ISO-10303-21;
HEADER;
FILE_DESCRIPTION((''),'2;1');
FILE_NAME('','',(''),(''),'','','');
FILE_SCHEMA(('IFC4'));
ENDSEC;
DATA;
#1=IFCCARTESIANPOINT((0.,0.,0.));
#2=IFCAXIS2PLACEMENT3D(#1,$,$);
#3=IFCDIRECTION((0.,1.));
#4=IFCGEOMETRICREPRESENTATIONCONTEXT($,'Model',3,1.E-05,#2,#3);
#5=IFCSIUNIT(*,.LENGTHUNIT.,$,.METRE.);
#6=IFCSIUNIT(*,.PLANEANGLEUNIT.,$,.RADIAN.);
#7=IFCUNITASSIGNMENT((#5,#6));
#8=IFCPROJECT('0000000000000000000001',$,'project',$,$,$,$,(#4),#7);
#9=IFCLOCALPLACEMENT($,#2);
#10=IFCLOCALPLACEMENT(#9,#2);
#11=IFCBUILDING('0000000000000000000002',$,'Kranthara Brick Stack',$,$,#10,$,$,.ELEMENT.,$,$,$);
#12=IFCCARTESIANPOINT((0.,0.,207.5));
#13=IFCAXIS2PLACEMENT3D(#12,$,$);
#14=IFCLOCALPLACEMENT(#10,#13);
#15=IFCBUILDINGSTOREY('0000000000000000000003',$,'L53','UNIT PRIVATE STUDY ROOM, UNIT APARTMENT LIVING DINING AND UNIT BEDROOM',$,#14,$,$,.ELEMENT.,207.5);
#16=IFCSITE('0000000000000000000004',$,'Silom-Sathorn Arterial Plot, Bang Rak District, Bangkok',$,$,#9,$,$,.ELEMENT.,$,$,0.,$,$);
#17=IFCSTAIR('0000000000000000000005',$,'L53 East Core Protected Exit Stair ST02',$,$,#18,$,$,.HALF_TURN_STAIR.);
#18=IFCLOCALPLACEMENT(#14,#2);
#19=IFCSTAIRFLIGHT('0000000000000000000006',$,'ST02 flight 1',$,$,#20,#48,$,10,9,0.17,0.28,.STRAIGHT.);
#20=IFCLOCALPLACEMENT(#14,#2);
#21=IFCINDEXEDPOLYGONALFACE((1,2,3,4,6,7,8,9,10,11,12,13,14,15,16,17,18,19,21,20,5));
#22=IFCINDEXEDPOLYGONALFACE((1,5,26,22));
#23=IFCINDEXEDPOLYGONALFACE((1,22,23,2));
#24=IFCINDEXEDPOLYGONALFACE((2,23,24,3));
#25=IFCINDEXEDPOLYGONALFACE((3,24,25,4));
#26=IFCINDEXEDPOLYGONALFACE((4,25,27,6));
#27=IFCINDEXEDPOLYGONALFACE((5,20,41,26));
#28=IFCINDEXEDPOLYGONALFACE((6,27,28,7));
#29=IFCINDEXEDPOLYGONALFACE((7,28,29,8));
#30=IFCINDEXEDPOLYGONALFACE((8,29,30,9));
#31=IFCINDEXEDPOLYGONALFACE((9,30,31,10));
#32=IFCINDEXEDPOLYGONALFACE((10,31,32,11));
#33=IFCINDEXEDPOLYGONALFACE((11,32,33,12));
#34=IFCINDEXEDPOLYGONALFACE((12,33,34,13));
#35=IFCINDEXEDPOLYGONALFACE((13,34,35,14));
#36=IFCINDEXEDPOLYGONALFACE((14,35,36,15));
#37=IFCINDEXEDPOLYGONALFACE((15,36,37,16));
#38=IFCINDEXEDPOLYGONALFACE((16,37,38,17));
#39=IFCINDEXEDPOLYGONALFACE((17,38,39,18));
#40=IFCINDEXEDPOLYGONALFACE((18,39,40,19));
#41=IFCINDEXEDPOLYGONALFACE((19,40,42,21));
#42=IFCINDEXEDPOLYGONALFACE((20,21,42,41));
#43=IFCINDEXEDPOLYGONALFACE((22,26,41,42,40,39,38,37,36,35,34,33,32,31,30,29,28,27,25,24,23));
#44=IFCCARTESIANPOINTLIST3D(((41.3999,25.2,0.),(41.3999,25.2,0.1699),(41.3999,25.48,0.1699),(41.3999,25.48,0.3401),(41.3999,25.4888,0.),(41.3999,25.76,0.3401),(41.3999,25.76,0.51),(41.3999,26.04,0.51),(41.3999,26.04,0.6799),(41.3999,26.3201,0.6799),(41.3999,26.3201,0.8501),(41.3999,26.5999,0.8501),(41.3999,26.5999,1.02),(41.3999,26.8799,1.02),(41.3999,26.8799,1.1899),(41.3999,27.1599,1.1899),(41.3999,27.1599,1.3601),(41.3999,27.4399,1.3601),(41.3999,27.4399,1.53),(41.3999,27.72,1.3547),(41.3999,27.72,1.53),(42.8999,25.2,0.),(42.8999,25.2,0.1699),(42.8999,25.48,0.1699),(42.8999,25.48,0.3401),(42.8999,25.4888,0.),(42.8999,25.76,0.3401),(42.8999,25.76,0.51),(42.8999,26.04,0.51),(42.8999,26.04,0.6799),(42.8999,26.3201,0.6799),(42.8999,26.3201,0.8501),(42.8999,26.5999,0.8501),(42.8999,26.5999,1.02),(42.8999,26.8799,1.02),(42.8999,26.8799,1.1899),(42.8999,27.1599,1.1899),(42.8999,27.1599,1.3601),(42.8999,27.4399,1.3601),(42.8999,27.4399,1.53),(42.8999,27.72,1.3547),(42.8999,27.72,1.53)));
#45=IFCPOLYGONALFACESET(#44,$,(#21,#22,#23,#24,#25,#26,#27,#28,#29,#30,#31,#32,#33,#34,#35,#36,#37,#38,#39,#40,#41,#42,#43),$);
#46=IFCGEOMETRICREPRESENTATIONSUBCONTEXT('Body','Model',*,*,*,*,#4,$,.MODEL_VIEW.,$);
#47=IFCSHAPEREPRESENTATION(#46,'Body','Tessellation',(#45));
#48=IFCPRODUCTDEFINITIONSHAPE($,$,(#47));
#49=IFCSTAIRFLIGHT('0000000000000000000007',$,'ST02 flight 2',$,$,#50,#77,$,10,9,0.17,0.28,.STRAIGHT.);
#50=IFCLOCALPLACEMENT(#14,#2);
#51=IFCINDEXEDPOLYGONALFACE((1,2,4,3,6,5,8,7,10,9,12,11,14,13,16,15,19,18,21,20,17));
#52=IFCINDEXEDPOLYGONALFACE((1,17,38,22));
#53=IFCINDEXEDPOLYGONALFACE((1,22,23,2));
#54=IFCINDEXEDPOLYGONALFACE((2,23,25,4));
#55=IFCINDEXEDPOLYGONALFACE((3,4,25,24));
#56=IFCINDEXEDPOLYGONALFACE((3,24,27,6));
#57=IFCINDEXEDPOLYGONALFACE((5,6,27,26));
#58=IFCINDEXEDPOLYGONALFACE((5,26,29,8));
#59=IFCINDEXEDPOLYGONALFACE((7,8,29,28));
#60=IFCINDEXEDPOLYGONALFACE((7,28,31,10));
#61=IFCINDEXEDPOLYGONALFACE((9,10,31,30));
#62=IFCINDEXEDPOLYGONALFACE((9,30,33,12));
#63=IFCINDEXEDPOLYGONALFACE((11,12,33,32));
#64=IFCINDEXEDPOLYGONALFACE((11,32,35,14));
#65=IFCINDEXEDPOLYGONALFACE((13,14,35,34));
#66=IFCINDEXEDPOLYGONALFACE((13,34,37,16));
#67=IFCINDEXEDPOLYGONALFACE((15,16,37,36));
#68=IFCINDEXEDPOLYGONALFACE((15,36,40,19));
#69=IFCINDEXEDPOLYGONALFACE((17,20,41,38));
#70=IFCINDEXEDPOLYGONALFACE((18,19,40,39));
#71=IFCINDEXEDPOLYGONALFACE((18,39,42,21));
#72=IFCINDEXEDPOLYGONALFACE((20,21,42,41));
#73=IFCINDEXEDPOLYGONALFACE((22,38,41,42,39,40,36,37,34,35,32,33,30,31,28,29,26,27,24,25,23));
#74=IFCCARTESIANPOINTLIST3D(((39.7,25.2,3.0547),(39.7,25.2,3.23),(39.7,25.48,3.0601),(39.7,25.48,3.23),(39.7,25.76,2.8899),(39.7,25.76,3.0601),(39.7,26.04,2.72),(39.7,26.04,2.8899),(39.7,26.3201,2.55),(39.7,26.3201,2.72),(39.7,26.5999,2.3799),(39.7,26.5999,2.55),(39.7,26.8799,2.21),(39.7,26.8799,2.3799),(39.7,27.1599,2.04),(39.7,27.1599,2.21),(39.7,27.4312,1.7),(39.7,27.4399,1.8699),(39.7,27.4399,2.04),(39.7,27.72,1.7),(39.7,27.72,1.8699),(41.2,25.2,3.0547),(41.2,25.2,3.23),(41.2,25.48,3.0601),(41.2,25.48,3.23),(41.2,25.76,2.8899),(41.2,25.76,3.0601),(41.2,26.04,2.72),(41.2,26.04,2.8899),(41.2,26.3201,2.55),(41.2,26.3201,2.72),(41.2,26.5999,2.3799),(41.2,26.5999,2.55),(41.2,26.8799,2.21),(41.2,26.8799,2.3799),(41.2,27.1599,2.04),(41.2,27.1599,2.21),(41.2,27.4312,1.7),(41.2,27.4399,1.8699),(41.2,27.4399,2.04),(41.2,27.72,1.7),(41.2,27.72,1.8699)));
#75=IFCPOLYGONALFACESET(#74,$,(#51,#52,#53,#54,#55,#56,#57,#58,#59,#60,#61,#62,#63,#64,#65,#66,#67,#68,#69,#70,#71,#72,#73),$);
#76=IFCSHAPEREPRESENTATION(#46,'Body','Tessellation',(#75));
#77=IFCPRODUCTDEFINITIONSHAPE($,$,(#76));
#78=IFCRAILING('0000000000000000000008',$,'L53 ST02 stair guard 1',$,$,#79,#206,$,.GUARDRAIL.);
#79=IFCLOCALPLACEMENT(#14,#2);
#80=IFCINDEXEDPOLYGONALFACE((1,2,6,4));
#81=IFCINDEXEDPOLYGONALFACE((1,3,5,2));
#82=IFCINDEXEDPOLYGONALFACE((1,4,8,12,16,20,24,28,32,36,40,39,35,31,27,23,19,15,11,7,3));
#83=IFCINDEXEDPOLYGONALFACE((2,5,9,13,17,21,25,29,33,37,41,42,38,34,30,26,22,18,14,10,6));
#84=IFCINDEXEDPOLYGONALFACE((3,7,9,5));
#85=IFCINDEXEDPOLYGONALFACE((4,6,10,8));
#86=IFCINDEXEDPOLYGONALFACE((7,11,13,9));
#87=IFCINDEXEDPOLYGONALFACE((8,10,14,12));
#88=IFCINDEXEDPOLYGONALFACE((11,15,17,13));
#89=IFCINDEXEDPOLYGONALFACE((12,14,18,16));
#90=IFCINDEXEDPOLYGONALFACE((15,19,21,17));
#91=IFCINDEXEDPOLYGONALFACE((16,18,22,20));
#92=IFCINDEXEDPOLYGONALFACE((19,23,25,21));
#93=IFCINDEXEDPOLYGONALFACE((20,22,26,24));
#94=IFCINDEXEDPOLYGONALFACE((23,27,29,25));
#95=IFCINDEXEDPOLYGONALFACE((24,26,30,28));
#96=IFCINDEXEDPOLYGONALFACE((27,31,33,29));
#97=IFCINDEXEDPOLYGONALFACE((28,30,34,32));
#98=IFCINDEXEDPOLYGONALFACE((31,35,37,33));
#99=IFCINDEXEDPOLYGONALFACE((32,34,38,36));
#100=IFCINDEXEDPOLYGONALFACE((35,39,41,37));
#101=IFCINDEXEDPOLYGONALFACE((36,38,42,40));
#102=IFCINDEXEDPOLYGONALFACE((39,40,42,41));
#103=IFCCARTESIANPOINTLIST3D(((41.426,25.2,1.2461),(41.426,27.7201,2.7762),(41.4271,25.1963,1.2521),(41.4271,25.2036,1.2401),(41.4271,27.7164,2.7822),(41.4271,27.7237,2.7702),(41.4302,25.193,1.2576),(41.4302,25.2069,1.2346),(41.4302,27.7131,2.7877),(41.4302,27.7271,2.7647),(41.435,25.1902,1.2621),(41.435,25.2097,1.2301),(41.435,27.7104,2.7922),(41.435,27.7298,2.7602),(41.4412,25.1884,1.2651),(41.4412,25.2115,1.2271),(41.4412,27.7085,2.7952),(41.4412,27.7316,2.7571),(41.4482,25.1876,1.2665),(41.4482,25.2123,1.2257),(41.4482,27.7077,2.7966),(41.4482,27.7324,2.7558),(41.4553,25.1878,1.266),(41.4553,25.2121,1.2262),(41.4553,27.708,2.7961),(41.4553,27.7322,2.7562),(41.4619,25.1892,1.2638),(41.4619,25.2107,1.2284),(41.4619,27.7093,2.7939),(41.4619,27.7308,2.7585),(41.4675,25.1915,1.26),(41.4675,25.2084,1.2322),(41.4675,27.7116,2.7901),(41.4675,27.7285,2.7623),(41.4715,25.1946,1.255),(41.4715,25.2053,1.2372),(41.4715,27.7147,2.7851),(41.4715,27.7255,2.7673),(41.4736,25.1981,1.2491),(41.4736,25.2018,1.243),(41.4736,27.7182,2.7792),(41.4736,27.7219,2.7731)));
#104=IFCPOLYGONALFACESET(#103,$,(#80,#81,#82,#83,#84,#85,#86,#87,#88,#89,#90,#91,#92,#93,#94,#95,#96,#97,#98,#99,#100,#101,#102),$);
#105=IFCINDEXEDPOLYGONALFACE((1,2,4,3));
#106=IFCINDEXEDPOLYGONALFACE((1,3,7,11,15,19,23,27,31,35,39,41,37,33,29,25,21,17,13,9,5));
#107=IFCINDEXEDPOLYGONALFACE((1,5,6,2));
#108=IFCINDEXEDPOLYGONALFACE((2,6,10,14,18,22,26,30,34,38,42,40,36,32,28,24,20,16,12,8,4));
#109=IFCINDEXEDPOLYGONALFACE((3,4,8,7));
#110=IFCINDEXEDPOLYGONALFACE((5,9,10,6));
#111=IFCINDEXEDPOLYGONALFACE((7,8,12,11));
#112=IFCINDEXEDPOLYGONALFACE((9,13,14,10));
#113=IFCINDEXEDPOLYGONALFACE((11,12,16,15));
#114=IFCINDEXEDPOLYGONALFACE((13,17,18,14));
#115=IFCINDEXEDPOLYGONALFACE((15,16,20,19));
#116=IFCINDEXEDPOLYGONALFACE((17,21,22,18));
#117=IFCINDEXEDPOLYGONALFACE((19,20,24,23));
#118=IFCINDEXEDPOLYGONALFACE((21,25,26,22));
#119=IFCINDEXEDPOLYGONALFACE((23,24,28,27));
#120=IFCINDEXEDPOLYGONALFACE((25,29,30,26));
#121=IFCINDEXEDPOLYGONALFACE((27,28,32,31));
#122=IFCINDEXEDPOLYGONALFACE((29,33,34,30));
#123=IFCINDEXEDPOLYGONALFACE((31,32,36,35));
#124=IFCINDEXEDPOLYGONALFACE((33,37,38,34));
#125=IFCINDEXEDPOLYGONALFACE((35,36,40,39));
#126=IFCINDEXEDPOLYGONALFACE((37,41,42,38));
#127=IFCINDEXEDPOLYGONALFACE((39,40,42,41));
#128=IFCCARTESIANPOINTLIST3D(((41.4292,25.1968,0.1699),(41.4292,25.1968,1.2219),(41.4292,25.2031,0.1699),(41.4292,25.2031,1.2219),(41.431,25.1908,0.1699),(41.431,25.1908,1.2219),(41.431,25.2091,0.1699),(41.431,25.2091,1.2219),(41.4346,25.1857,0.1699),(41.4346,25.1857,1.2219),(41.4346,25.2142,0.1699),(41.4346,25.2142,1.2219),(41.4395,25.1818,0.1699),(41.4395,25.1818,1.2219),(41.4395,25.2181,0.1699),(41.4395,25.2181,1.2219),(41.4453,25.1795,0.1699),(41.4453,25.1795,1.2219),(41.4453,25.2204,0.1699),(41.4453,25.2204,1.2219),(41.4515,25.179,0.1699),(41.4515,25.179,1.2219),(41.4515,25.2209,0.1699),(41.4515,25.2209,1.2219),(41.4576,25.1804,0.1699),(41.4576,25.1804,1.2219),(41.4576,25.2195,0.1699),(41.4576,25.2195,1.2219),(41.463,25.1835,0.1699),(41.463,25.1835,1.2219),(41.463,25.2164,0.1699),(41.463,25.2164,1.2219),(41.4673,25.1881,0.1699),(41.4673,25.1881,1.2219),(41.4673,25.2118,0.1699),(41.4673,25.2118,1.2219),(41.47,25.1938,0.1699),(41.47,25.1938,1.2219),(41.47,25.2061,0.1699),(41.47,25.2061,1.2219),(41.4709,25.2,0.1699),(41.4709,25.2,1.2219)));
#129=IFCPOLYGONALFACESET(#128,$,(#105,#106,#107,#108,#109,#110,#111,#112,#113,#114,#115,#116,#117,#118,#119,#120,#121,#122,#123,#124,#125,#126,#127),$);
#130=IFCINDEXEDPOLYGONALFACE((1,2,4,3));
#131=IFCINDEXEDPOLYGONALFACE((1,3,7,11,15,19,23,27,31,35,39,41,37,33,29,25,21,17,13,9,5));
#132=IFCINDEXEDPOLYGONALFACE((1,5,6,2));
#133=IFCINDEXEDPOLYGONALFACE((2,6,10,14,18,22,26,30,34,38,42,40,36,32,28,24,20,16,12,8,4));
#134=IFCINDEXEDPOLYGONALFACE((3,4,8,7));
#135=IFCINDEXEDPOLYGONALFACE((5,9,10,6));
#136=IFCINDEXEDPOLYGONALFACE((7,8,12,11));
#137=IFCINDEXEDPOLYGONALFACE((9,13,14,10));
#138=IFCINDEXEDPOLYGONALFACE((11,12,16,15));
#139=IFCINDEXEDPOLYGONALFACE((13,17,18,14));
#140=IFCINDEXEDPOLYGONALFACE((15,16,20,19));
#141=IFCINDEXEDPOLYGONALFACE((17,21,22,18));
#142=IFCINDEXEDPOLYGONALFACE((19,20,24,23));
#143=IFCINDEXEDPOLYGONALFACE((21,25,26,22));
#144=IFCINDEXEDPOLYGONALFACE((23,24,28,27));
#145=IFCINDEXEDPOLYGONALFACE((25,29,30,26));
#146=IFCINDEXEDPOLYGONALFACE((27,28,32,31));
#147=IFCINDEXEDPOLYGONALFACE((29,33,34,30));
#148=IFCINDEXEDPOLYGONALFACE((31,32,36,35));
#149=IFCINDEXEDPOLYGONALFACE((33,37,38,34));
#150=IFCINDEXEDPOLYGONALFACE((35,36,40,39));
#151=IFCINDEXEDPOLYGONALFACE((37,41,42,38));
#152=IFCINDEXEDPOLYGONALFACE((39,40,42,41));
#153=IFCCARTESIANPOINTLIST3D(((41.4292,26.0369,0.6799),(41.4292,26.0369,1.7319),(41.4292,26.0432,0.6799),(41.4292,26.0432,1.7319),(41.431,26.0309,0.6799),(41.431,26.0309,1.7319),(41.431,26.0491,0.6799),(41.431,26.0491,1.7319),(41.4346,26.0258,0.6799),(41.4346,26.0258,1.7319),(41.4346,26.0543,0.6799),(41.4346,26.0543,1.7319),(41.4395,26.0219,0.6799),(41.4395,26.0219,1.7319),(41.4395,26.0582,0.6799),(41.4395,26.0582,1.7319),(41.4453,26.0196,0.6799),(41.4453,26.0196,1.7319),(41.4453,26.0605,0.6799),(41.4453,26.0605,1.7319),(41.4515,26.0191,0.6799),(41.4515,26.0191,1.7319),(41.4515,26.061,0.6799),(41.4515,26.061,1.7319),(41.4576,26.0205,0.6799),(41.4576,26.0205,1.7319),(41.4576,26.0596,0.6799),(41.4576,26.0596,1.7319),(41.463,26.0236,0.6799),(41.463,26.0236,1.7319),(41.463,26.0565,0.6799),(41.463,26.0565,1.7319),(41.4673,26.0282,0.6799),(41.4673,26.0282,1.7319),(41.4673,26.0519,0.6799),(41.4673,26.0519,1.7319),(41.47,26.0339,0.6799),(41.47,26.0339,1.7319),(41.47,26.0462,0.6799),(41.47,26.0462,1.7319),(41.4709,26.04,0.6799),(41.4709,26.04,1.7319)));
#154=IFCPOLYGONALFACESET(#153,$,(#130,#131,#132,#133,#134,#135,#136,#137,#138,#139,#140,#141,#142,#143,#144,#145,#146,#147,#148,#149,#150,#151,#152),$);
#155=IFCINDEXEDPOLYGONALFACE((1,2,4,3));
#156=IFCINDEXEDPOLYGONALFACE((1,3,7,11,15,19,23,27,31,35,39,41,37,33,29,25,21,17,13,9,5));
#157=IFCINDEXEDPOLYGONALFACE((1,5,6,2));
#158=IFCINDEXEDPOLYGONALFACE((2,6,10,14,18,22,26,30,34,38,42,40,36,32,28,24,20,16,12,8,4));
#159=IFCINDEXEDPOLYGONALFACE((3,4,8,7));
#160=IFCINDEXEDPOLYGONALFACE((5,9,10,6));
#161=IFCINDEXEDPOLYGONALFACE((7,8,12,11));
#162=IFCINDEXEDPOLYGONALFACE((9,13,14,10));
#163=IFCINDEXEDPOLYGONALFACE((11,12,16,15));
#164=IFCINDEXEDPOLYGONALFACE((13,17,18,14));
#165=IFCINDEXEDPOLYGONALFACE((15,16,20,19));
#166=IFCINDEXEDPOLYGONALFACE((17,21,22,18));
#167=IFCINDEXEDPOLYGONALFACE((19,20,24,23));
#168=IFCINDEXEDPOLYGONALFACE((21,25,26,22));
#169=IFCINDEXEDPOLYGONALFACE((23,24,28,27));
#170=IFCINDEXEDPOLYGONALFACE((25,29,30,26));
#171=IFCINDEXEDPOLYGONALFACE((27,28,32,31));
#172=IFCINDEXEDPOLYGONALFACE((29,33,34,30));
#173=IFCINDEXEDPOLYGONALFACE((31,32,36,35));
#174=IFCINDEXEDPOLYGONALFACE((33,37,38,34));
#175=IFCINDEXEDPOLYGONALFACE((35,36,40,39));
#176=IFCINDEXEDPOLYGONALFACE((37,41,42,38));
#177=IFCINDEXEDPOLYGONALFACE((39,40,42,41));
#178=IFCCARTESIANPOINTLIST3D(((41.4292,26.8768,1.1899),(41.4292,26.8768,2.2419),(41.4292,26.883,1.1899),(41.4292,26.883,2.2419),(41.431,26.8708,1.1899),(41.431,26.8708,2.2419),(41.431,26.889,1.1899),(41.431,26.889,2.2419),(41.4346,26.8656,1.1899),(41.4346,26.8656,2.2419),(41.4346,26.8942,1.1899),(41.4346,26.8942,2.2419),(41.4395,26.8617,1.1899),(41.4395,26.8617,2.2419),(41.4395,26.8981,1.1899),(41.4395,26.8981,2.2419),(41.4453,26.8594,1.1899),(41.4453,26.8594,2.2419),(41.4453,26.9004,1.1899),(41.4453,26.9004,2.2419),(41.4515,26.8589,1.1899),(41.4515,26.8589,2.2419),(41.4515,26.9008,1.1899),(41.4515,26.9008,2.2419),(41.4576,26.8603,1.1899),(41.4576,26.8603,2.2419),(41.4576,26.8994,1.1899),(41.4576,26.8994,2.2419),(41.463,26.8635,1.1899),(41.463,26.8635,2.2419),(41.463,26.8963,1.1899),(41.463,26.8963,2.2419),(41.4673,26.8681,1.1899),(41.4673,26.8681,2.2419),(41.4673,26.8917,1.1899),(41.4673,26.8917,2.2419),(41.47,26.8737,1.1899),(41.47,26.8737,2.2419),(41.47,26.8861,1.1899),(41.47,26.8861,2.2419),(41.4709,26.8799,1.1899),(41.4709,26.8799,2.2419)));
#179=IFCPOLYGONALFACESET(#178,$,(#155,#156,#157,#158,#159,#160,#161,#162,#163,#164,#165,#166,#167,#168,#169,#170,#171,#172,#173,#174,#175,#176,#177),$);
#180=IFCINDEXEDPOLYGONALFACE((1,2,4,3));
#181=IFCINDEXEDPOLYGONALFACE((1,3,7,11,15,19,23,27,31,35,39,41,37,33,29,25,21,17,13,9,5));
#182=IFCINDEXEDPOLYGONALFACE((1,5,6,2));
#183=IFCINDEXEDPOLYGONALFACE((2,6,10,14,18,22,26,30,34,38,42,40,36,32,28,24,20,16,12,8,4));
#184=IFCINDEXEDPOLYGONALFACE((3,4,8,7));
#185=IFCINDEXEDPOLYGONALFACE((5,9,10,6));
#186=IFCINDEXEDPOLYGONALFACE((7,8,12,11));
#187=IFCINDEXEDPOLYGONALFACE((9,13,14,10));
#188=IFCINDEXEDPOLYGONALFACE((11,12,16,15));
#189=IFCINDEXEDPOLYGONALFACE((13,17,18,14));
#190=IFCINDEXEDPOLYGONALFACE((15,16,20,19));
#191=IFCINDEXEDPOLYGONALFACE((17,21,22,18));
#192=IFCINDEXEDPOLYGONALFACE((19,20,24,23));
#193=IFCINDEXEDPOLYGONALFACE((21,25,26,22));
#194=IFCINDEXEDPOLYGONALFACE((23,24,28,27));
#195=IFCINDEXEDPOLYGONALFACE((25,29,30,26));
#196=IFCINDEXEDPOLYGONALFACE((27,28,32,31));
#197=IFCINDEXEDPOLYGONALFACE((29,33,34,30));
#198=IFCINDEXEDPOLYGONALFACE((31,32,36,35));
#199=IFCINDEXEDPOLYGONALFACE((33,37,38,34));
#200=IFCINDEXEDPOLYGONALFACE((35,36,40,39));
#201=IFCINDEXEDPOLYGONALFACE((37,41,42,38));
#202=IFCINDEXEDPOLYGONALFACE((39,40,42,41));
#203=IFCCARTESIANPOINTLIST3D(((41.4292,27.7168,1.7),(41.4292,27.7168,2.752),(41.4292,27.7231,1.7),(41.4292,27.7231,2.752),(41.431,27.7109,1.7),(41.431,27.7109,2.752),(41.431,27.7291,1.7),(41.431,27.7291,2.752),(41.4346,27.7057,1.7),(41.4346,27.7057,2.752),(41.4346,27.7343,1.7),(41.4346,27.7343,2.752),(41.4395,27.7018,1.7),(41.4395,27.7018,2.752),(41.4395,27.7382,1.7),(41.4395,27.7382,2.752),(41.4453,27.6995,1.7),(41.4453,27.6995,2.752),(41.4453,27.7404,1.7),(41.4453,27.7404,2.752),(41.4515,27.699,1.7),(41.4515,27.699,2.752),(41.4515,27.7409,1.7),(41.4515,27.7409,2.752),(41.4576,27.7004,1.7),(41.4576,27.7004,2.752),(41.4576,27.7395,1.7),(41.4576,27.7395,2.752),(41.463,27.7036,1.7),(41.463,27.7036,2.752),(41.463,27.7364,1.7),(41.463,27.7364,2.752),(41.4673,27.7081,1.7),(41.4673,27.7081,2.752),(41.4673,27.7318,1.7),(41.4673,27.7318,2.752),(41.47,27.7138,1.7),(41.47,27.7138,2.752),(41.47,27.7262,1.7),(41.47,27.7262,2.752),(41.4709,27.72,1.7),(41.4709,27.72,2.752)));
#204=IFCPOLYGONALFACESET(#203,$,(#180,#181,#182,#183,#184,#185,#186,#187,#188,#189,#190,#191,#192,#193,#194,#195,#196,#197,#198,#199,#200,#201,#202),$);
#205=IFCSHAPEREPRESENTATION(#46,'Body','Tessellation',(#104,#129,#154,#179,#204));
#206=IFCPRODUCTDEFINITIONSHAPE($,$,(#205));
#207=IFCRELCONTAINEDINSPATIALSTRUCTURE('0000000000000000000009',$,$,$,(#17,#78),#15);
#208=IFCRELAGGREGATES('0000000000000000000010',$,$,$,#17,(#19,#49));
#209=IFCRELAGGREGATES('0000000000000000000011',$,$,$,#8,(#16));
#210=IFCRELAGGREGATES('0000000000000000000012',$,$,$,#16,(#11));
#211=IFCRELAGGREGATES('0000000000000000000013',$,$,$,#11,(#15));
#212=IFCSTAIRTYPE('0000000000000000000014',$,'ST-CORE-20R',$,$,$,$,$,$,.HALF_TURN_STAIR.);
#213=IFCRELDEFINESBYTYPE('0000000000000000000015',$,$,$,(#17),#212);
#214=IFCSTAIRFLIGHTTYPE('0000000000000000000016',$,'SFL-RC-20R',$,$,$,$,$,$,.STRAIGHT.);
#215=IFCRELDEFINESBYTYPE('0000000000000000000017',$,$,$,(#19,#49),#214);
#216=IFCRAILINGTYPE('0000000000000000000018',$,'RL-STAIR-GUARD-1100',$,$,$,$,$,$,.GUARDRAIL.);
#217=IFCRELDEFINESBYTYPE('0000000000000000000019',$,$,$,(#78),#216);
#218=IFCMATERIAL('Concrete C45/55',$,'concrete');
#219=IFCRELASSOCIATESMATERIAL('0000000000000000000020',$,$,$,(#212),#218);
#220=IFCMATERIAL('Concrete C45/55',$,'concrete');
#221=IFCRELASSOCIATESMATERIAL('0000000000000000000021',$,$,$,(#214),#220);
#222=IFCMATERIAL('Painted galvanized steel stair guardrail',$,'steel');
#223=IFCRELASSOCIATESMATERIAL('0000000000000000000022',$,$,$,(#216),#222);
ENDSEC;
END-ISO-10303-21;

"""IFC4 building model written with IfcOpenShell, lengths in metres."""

from ifc_helpers import new_model, si_unit, direction, frame, origin, origin_2d, place, context, subcontext, project, spatial, polyline, circle, outline, extrude, material, type_object, element, aggregate, save


model = new_model("IFC4")

# Units and contexts
model_context = context("Model", 3, precision=1e-05, world=origin(), true_north=direction((0.0, 1.0)))
body_context = subcontext(model_context, "Body", "Model", "MODEL_VIEW")
ifc_project = project(units=[si_unit("LENGTHUNIT", "METRE"), si_unit("PLANEANGLEUNIT", "RADIAN")], contexts=[model_context])

# Site, building, storey
site_placement = place(None, origin())
site = spatial("IfcSite", under=ifc_project, at=site_placement, Name="Silom-Sathorn Arterial Plot, Bang Rak District, Bangkok", CompositionType="ELEMENT", RefElevation=0.0)
building_placement = place(site_placement, origin())
building = spatial("IfcBuilding", under=site, at=building_placement, Name="Kranthara Brick Stack", CompositionType="ELEMENT")
storey_placement = place(building_placement, frame((0.0, 0.0, 207.5)))
storey = spatial("IfcBuildingStorey", under=building, at=storey_placement, Name="L53", Description="UNIT PRIVATE STUDY ROOM, UNIT APARTMENT LIVING DINING AND UNIT BEDROOM", CompositionType="ELEMENT", Elevation=207.5)

# Stair, stair flights
ifc_material_1 = material(Name="Concrete C45/55", Category="concrete")
stair_type = type_object("IfcStairType", Name="ST-CORE-20R", PredefinedType="HALF_TURN_STAIR", material=ifc_material_1)
stair_placement = place(storey_placement, origin())
stair = element("IfcStair", 1, at=stair_placement, inside=storey, type_object=stair_type, Name="L53 East Core Protected Exit Stair ST02", PredefinedType="HALF_TURN_STAIR")
ifc_material_2 = material(Name="Concrete C45/55", Category="concrete")
stair_flight_type = type_object("IfcStairFlightType", Name="SFL-RC-20R", PredefinedType="STRAIGHT", material=ifc_material_2)
stair_flight_1_placement = place(storey_placement, frame((42.1499, 25.2, 0.0), z_axis=(0.0, 0.0, 1.0), x_axis=(0.0, 1.0, 0.0)))
stair_flight_1 = element("IfcStairFlight", 2, at=stair_flight_1_placement, type_object=stair_flight_type, Name="ST02 flight 1", NumberOfRisers=10, NumberOfTreads=9, PredefinedType="STRAIGHT", RiserHeight=0.17, TreadLength=0.28, context=body_context, shape_type="SweptSolid", body=[
    extrude(outline(polyline([(0.0, 0.0), (0.0, 0.1699), (0.28, 0.1699), (0.28, 0.3401), (0.5601, 0.3401), (0.5601, 0.51), (0.8401, 0.51), (0.8401, 0.6799), (1.1201, 0.6799), (1.1201, 0.8501), (1.3999, 0.8501), (1.3999, 1.02), (1.6799, 1.02), (1.6799, 1.1899), (1.96, 1.1899), (1.96, 1.3601), (2.24, 1.3601), (2.24, 1.53), (2.52, 1.53), (2.52, 1.7), (2.52, 1.3547), (0.2888, 0.0), (0.0, 0.0)])), frame((0.0, 0.75, 0.0), z_axis=(0.0, -1.0, 0.0), x_axis=(1.0, 0.0, 0.0)), (0.0, 0.0, 1.0), 1.5),
])
stair_flight_2_placement = place(storey_placement, frame((40.45, 27.72, 1.7), z_axis=(0.0, 0.0, 1.0), x_axis=(0.0, -1.0, 0.0)))
stair_flight_2 = element("IfcStairFlight", 3, at=stair_flight_2_placement, type_object=stair_flight_type, Name="ST02 flight 2", NumberOfRisers=10, NumberOfTreads=9, PredefinedType="STRAIGHT", RiserHeight=0.17, TreadLength=0.28, context=body_context, shape_type="SweptSolid", body=[
    extrude(outline(polyline([(0.0, 0.0), (0.0, 0.1699), (0.28, 0.1699), (0.28, 0.3401), (0.5601, 0.3401), (0.5601, 0.51), (0.8401, 0.51), (0.8401, 0.6799), (1.1201, 0.6799), (1.1201, 0.8501), (1.3999, 0.8501), (1.3999, 1.02), (1.6799, 1.02), (1.6799, 1.1899), (1.96, 1.1899), (1.96, 1.3601), (2.24, 1.3601), (2.24, 1.53), (2.52, 1.53), (2.52, 1.7), (2.52, 1.3547), (0.2888, 0.0), (0.0, 0.0)])), frame((0.0, 0.75, 0.0), z_axis=(0.0, -1.0, 0.0), x_axis=(1.0, 0.0, 0.0)), (0.0, 0.0, 1.0), 1.5),
])
aggregate(stair, [stair_flight_1, stair_flight_2])

# Railing
ifc_material_3 = material(Name="Painted galvanized steel stair guardrail", Category="steel")
railing_type_1 = type_object("IfcRailingType", Name="RL-STAIR-GUARD-1100", PredefinedType="GUARDRAIL", material=ifc_material_3)
railing_1_placement = place(storey_placement, frame((41.45, 25.2, 0.1699)))
element("IfcRailing", 4, at=railing_1_placement, inside=storey, type_object=railing_type_1, Name="L53 ST02 stair guard 1", PredefinedType="GUARDRAIL", context=body_context, shape_type="SweptSolid", body=[
    extrude(circle(Radius=0.0239, at=origin_2d()), frame((0.0, 0.0, 1.0762), z_axis=(0.0, 0.854785, 0.518982), x_axis=(-1.0, 0.0, 0.0)), (0.0, 0.0, 1.0), 2.9482),
    extrude(circle(Radius=0.021, at=origin_2d()), origin(), (0.0, 0.0, 1.0), 1.052),
    extrude(circle(Radius=0.021, at=origin_2d()), frame((0.0, 0.8401, 0.51)), (0.0, 0.0, 1.0), 1.052),
    extrude(circle(Radius=0.021, at=origin_2d()), frame((0.0, 1.6799, 1.02)), (0.0, 0.0, 1.0), 1.052),
    extrude(circle(Radius=0.021, at=origin_2d()), frame((0.0, 2.52, 1.53)), (0.0, 0.0, 1.0), 1.052),
])

save(model, "model.ifc")
